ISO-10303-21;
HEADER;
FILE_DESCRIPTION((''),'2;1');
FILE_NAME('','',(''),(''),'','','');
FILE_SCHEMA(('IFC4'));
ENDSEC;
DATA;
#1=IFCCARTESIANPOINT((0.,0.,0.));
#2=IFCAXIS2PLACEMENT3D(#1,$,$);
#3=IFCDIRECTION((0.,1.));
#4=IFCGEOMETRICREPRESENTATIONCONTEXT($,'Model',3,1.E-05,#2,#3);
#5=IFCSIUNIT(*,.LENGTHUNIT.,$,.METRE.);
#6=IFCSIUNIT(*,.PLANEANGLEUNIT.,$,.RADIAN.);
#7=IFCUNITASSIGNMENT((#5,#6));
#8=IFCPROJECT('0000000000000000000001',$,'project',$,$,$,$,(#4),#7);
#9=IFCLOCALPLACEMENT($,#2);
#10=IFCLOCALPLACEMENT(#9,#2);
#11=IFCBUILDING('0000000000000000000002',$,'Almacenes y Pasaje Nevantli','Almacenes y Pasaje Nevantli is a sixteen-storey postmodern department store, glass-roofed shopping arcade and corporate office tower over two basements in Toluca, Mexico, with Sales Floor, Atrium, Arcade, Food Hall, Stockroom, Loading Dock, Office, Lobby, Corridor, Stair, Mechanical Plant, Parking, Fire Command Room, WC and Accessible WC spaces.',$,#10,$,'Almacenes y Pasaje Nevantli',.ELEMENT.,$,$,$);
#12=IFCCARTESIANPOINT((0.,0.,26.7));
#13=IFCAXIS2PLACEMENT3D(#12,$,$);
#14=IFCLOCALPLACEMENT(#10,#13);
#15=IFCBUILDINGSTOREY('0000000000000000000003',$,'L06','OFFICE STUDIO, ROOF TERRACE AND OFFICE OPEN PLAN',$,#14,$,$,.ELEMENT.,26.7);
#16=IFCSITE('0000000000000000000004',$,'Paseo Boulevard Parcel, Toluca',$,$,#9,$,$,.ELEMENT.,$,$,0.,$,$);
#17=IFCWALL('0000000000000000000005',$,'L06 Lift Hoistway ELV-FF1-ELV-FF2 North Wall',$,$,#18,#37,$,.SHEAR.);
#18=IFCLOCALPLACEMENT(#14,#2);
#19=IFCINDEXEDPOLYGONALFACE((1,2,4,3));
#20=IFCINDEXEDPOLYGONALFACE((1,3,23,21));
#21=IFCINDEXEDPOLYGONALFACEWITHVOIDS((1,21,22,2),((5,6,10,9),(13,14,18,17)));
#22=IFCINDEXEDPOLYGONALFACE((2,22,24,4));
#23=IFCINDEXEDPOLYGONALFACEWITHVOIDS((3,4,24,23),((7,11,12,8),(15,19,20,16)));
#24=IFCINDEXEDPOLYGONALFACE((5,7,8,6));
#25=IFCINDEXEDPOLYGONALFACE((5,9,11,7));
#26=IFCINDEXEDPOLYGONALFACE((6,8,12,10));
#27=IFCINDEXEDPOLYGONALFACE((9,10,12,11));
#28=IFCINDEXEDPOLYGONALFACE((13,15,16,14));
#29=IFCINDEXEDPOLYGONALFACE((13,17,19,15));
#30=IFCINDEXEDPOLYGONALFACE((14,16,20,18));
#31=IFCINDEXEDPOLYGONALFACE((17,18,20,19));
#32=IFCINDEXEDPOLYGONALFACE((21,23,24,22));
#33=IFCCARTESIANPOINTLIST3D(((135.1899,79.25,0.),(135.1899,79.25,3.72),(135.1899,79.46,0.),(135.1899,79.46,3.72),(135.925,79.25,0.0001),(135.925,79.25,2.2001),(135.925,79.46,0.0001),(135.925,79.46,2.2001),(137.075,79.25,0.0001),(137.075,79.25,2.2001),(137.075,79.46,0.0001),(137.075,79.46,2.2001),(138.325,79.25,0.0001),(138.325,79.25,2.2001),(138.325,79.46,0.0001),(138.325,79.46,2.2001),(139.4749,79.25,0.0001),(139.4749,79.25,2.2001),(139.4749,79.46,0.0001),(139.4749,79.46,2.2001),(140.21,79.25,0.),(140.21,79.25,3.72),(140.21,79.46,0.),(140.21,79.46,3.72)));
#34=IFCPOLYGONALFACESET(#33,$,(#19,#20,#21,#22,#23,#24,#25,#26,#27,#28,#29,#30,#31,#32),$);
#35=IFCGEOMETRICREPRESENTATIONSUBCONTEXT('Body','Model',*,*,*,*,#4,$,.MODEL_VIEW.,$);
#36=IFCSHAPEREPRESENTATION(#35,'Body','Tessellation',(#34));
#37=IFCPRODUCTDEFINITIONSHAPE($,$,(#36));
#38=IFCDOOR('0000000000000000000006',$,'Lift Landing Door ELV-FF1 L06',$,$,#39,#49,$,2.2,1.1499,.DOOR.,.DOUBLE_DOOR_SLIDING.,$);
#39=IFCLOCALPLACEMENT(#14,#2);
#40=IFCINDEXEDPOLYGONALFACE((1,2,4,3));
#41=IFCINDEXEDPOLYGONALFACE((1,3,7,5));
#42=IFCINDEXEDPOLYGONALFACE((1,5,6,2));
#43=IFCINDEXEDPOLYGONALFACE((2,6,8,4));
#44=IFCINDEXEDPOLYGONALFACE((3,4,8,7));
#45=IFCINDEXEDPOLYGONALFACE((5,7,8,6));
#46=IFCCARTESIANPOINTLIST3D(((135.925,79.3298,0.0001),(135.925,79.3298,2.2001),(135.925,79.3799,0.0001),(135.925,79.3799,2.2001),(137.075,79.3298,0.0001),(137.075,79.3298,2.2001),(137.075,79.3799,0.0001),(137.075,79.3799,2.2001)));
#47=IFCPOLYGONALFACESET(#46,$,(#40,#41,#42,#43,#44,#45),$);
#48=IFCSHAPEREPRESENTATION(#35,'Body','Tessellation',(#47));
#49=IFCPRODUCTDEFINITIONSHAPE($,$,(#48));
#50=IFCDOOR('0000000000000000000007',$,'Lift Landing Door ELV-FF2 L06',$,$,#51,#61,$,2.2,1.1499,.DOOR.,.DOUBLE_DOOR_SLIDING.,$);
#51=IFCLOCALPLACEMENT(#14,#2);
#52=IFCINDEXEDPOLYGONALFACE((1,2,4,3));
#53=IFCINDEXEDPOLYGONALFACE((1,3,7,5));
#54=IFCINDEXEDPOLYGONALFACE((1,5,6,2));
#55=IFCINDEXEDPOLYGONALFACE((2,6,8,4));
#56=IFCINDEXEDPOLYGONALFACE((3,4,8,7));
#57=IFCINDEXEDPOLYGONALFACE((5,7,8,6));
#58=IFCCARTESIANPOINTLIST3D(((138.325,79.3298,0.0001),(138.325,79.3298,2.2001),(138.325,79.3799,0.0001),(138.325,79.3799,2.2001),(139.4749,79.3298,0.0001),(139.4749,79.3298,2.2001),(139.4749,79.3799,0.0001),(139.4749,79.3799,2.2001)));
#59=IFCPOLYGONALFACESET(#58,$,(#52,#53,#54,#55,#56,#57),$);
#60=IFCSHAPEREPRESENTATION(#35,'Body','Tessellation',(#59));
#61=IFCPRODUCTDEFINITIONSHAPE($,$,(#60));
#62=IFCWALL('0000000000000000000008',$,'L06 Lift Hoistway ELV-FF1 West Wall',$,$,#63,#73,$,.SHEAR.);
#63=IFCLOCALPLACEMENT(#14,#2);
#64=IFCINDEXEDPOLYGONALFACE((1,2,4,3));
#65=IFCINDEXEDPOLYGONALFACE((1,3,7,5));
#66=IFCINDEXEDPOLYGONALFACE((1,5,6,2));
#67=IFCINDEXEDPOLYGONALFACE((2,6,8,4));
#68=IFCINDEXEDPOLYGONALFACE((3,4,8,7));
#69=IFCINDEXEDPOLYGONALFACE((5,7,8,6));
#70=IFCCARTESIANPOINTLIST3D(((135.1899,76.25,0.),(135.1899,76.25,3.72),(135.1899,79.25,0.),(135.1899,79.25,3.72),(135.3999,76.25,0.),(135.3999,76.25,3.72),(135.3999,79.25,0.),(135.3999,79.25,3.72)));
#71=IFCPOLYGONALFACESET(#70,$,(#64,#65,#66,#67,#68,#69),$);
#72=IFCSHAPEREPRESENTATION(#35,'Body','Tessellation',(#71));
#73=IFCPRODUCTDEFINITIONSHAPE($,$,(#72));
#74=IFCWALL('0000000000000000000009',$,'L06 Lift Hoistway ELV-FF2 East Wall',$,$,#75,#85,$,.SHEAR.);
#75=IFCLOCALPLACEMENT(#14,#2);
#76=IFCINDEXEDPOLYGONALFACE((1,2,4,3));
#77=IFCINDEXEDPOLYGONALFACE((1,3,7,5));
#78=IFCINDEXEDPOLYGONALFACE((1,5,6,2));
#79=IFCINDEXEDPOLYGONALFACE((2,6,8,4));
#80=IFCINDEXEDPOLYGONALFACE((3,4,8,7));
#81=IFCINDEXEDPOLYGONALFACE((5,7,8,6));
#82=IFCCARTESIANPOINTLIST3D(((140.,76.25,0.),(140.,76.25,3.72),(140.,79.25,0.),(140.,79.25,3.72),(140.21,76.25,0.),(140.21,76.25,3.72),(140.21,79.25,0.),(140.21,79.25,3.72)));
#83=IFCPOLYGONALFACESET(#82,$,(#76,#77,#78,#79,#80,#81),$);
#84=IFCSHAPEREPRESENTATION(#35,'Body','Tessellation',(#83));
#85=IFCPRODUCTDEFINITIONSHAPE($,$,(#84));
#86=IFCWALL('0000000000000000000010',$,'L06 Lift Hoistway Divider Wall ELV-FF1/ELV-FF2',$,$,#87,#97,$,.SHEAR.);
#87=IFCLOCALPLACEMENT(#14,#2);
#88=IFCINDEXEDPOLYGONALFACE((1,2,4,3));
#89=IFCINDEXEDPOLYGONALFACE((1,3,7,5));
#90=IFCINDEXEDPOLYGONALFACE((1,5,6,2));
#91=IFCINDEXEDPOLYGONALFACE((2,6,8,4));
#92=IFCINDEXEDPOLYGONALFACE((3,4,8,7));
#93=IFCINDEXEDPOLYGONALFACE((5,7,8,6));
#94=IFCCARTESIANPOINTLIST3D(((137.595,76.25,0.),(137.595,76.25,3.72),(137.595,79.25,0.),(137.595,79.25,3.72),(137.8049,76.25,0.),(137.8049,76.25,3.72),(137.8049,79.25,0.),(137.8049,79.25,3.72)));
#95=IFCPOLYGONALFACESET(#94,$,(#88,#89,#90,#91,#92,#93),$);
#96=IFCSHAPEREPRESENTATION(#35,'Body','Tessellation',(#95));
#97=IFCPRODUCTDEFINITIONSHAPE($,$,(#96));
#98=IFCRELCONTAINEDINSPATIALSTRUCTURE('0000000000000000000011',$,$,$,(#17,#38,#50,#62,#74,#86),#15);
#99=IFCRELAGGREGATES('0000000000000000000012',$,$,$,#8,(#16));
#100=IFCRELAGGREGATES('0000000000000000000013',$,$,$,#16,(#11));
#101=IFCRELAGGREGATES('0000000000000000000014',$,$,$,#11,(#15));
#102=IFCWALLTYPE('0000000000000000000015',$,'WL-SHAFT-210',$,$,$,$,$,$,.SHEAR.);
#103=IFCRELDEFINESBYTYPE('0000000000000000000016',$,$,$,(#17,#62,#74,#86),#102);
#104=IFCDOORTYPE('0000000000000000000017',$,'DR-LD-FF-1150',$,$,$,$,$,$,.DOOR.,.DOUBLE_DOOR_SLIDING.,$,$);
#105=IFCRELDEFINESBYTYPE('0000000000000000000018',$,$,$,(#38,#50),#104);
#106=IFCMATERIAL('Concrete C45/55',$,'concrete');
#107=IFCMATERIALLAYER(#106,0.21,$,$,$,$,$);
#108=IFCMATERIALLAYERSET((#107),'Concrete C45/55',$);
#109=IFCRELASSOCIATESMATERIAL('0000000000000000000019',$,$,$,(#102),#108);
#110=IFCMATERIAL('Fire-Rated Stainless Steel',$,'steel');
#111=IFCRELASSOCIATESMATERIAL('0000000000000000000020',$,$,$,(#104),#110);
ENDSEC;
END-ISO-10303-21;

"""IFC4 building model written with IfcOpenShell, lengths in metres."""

from ifc_helpers import new_model, si_unit, direction, frame, frame_2d, origin, place, context, subcontext, project, spatial, rectangle, extrude, material, layer, layer_set, type_object, element, fill, save


model = new_model("IFC4")

# Units and contexts
model_context = context("Model", 3, precision=1e-05, world=origin(), true_north=direction((0.0, 1.0)))
body_context = subcontext(model_context, "Body", "Model", "MODEL_VIEW")
ifc_project = project(units=[si_unit("LENGTHUNIT", "METRE"), si_unit("PLANEANGLEUNIT", "RADIAN")], contexts=[model_context])

# Site, building, storey
site_placement = place(None, origin())
site = spatial("IfcSite", under=ifc_project, at=site_placement, Name="Paseo Boulevard Parcel, Toluca", CompositionType="ELEMENT", RefElevation=0.0)
building_placement = place(site_placement, origin())
building = spatial("IfcBuilding", under=site, at=building_placement, Name="Almacenes y Pasaje Nevantli", Description="Almacenes y Pasaje Nevantli is a sixteen-storey postmodern department store, glass-roofed shopping arcade and corporate office tower over two basements in Toluca, Mexico, with Sales Floor, Atrium, Arcade, Food Hall, Stockroom, Loading Dock, Office, Lobby, Corridor, Stair, Mechanical Plant, Parking, Fire Command Room, WC and Accessible WC spaces.", LongName="Almacenes y Pasaje Nevantli", CompositionType="ELEMENT")
storey_placement = place(building_placement, frame((0.0, 0.0, 26.7)))
storey = spatial("IfcBuildingStorey", under=building, at=storey_placement, Name="L06", Description="OFFICE STUDIO, ROOF TERRACE AND OFFICE OPEN PLAN", CompositionType="ELEMENT", Elevation=26.7)

# Shared definitions
ifc_material_1 = material(Name="Concrete C45/55", Category="concrete")
ifc_layer_1 = layer(ifc_material_1, 0.21)
ifc_layer_set_1 = layer_set([ifc_layer_1], Name="Concrete C45/55")
wall_type_1 = type_object("IfcWallType", Name="WL-SHAFT-210", PredefinedType="SHEAR", material=ifc_layer_set_1)

# Wall, openings, doors
wall_1_placement = place(storey_placement, frame((135.1899, 79.355, 0.0), z_axis=(0.0, 0.0, 1.0), x_axis=(1.0, 0.0, 0.0)))
wall_1 = element("IfcWall", 1, at=wall_1_placement, inside=storey, type_object=wall_type_1, Name="L06 Lift Hoistway ELV-FF1-ELV-FF2 North Wall", PredefinedType="SHEAR", context=body_context, shape_type="SweptSolid", body=[
    extrude(rectangle(XDim=5.02, YDim=0.21, at=frame_2d((2.51, 0.0))), origin(), (0.0, 0.0, 1.0), 3.72),
])
opening_1_placement = place(wall_1_placement, frame((0.7351, 0.0, 0.0)))
opening_1 = element("IfcOpeningElement", 2, at=opening_1_placement, cuts=wall_1, PredefinedType="OPENING", context=body_context, shape_type="SweptSolid", body=[
    extrude(rectangle(XDim=1.1499, YDim=2.2, at=frame_2d((0.575, 1.1001))), frame((0.0, 0.115, 0.0), z_axis=(0.0, -1.0, 0.0), x_axis=(1.0, 0.0, 0.0)), (0.0, 0.0, 1.0), 0.23),
])
opening_2_placement = place(wall_1_placement, frame((3.135, 0.0, 0.0)))
opening_2 = element("IfcOpeningElement", 3, at=opening_2_placement, cuts=wall_1, PredefinedType="OPENING", context=body_context, shape_type="SweptSolid", body=[
    extrude(rectangle(XDim=1.1499, YDim=2.2, at=frame_2d((0.575, 1.1001))), frame((0.0, 0.115, 0.0), z_axis=(0.0, -1.0, 0.0), x_axis=(1.0, 0.0, 0.0)), (0.0, 0.0, 1.0), 0.23),
])
ifc_material_2 = material(Name="Fire-Rated Stainless Steel", Category="steel")
door_type_1 = type_object("IfcDoorType", Name="DR-LD-FF-1150", OperationType="DOUBLE_DOOR_SLIDING", PredefinedType="DOOR", material=ifc_material_2)
door_1_placement = place(opening_1_placement, origin())
door_1 = element("IfcDoor", 4, at=door_1_placement, inside=storey, type_object=door_type_1, Name="Lift Landing Door ELV-FF1 L06", OperationType="DOUBLE_DOOR_SLIDING", OverallHeight=2.2, OverallWidth=1.1499, PredefinedType="DOOR", context=body_context, shape_type="SweptSolid", body=[
    extrude(rectangle(XDim=1.1499, YDim=2.2, at=frame_2d((0.575, 1.1001))), frame((0.0, 0.0249, 0.0), z_axis=(0.0, -1.0, 0.0), x_axis=(1.0, 0.0, 0.0)), (0.0, 0.0, 1.0), 0.05),
])
fill(opening_1, door_1)
door_2_placement = place(opening_2_placement, origin())
door_2 = element("IfcDoor", 5, at=door_2_placement, inside=storey, type_object=door_type_1, Name="Lift Landing Door ELV-FF2 L06", OperationType="DOUBLE_DOOR_SLIDING", OverallHeight=2.2, OverallWidth=1.1499, PredefinedType="DOOR", context=body_context, shape_type="SweptSolid", body=[
    extrude(rectangle(XDim=1.1499, YDim=2.2, at=frame_2d((0.575, 1.1001))), frame((0.0, 0.0249, 0.0), z_axis=(0.0, -1.0, 0.0), x_axis=(1.0, 0.0, 0.0)), (0.0, 0.0, 1.0), 0.05),
])
fill(opening_2, door_2)

# Walls
for number, where, z_axis, x_axis, name in (
    (6, (135.2949, 76.25, 0.0), (0.0, 0.0, 1.0), (0.0, 1.0, 0.0), "L06 Lift Hoistway ELV-FF1 West Wall"),
    (7, (140.105, 76.25, 0.0), (0.0, 0.0, 1.0), (0.0, 1.0, 0.0), "L06 Lift Hoistway ELV-FF2 East Wall"),
    (8, (137.7, 76.25, 0.0), (0.0, 0.0, 1.0), (0.0, 1.0, 0.0), "L06 Lift Hoistway Divider Wall ELV-FF1/ELV-FF2"),
):
    element("IfcWall", number, at=place(storey_placement, frame(where, z_axis=z_axis, x_axis=x_axis)), inside=storey, type_object=wall_type_1, Name=name, PredefinedType="SHEAR", context=body_context, shape_type="SweptSolid", body=[
        extrude(rectangle(XDim=3.0, YDim=0.21, at=frame_2d((1.5, 0.0))), origin(), (0.0, 0.0, 1.0), 3.72),
    ])

save(model, "model.ifc")
